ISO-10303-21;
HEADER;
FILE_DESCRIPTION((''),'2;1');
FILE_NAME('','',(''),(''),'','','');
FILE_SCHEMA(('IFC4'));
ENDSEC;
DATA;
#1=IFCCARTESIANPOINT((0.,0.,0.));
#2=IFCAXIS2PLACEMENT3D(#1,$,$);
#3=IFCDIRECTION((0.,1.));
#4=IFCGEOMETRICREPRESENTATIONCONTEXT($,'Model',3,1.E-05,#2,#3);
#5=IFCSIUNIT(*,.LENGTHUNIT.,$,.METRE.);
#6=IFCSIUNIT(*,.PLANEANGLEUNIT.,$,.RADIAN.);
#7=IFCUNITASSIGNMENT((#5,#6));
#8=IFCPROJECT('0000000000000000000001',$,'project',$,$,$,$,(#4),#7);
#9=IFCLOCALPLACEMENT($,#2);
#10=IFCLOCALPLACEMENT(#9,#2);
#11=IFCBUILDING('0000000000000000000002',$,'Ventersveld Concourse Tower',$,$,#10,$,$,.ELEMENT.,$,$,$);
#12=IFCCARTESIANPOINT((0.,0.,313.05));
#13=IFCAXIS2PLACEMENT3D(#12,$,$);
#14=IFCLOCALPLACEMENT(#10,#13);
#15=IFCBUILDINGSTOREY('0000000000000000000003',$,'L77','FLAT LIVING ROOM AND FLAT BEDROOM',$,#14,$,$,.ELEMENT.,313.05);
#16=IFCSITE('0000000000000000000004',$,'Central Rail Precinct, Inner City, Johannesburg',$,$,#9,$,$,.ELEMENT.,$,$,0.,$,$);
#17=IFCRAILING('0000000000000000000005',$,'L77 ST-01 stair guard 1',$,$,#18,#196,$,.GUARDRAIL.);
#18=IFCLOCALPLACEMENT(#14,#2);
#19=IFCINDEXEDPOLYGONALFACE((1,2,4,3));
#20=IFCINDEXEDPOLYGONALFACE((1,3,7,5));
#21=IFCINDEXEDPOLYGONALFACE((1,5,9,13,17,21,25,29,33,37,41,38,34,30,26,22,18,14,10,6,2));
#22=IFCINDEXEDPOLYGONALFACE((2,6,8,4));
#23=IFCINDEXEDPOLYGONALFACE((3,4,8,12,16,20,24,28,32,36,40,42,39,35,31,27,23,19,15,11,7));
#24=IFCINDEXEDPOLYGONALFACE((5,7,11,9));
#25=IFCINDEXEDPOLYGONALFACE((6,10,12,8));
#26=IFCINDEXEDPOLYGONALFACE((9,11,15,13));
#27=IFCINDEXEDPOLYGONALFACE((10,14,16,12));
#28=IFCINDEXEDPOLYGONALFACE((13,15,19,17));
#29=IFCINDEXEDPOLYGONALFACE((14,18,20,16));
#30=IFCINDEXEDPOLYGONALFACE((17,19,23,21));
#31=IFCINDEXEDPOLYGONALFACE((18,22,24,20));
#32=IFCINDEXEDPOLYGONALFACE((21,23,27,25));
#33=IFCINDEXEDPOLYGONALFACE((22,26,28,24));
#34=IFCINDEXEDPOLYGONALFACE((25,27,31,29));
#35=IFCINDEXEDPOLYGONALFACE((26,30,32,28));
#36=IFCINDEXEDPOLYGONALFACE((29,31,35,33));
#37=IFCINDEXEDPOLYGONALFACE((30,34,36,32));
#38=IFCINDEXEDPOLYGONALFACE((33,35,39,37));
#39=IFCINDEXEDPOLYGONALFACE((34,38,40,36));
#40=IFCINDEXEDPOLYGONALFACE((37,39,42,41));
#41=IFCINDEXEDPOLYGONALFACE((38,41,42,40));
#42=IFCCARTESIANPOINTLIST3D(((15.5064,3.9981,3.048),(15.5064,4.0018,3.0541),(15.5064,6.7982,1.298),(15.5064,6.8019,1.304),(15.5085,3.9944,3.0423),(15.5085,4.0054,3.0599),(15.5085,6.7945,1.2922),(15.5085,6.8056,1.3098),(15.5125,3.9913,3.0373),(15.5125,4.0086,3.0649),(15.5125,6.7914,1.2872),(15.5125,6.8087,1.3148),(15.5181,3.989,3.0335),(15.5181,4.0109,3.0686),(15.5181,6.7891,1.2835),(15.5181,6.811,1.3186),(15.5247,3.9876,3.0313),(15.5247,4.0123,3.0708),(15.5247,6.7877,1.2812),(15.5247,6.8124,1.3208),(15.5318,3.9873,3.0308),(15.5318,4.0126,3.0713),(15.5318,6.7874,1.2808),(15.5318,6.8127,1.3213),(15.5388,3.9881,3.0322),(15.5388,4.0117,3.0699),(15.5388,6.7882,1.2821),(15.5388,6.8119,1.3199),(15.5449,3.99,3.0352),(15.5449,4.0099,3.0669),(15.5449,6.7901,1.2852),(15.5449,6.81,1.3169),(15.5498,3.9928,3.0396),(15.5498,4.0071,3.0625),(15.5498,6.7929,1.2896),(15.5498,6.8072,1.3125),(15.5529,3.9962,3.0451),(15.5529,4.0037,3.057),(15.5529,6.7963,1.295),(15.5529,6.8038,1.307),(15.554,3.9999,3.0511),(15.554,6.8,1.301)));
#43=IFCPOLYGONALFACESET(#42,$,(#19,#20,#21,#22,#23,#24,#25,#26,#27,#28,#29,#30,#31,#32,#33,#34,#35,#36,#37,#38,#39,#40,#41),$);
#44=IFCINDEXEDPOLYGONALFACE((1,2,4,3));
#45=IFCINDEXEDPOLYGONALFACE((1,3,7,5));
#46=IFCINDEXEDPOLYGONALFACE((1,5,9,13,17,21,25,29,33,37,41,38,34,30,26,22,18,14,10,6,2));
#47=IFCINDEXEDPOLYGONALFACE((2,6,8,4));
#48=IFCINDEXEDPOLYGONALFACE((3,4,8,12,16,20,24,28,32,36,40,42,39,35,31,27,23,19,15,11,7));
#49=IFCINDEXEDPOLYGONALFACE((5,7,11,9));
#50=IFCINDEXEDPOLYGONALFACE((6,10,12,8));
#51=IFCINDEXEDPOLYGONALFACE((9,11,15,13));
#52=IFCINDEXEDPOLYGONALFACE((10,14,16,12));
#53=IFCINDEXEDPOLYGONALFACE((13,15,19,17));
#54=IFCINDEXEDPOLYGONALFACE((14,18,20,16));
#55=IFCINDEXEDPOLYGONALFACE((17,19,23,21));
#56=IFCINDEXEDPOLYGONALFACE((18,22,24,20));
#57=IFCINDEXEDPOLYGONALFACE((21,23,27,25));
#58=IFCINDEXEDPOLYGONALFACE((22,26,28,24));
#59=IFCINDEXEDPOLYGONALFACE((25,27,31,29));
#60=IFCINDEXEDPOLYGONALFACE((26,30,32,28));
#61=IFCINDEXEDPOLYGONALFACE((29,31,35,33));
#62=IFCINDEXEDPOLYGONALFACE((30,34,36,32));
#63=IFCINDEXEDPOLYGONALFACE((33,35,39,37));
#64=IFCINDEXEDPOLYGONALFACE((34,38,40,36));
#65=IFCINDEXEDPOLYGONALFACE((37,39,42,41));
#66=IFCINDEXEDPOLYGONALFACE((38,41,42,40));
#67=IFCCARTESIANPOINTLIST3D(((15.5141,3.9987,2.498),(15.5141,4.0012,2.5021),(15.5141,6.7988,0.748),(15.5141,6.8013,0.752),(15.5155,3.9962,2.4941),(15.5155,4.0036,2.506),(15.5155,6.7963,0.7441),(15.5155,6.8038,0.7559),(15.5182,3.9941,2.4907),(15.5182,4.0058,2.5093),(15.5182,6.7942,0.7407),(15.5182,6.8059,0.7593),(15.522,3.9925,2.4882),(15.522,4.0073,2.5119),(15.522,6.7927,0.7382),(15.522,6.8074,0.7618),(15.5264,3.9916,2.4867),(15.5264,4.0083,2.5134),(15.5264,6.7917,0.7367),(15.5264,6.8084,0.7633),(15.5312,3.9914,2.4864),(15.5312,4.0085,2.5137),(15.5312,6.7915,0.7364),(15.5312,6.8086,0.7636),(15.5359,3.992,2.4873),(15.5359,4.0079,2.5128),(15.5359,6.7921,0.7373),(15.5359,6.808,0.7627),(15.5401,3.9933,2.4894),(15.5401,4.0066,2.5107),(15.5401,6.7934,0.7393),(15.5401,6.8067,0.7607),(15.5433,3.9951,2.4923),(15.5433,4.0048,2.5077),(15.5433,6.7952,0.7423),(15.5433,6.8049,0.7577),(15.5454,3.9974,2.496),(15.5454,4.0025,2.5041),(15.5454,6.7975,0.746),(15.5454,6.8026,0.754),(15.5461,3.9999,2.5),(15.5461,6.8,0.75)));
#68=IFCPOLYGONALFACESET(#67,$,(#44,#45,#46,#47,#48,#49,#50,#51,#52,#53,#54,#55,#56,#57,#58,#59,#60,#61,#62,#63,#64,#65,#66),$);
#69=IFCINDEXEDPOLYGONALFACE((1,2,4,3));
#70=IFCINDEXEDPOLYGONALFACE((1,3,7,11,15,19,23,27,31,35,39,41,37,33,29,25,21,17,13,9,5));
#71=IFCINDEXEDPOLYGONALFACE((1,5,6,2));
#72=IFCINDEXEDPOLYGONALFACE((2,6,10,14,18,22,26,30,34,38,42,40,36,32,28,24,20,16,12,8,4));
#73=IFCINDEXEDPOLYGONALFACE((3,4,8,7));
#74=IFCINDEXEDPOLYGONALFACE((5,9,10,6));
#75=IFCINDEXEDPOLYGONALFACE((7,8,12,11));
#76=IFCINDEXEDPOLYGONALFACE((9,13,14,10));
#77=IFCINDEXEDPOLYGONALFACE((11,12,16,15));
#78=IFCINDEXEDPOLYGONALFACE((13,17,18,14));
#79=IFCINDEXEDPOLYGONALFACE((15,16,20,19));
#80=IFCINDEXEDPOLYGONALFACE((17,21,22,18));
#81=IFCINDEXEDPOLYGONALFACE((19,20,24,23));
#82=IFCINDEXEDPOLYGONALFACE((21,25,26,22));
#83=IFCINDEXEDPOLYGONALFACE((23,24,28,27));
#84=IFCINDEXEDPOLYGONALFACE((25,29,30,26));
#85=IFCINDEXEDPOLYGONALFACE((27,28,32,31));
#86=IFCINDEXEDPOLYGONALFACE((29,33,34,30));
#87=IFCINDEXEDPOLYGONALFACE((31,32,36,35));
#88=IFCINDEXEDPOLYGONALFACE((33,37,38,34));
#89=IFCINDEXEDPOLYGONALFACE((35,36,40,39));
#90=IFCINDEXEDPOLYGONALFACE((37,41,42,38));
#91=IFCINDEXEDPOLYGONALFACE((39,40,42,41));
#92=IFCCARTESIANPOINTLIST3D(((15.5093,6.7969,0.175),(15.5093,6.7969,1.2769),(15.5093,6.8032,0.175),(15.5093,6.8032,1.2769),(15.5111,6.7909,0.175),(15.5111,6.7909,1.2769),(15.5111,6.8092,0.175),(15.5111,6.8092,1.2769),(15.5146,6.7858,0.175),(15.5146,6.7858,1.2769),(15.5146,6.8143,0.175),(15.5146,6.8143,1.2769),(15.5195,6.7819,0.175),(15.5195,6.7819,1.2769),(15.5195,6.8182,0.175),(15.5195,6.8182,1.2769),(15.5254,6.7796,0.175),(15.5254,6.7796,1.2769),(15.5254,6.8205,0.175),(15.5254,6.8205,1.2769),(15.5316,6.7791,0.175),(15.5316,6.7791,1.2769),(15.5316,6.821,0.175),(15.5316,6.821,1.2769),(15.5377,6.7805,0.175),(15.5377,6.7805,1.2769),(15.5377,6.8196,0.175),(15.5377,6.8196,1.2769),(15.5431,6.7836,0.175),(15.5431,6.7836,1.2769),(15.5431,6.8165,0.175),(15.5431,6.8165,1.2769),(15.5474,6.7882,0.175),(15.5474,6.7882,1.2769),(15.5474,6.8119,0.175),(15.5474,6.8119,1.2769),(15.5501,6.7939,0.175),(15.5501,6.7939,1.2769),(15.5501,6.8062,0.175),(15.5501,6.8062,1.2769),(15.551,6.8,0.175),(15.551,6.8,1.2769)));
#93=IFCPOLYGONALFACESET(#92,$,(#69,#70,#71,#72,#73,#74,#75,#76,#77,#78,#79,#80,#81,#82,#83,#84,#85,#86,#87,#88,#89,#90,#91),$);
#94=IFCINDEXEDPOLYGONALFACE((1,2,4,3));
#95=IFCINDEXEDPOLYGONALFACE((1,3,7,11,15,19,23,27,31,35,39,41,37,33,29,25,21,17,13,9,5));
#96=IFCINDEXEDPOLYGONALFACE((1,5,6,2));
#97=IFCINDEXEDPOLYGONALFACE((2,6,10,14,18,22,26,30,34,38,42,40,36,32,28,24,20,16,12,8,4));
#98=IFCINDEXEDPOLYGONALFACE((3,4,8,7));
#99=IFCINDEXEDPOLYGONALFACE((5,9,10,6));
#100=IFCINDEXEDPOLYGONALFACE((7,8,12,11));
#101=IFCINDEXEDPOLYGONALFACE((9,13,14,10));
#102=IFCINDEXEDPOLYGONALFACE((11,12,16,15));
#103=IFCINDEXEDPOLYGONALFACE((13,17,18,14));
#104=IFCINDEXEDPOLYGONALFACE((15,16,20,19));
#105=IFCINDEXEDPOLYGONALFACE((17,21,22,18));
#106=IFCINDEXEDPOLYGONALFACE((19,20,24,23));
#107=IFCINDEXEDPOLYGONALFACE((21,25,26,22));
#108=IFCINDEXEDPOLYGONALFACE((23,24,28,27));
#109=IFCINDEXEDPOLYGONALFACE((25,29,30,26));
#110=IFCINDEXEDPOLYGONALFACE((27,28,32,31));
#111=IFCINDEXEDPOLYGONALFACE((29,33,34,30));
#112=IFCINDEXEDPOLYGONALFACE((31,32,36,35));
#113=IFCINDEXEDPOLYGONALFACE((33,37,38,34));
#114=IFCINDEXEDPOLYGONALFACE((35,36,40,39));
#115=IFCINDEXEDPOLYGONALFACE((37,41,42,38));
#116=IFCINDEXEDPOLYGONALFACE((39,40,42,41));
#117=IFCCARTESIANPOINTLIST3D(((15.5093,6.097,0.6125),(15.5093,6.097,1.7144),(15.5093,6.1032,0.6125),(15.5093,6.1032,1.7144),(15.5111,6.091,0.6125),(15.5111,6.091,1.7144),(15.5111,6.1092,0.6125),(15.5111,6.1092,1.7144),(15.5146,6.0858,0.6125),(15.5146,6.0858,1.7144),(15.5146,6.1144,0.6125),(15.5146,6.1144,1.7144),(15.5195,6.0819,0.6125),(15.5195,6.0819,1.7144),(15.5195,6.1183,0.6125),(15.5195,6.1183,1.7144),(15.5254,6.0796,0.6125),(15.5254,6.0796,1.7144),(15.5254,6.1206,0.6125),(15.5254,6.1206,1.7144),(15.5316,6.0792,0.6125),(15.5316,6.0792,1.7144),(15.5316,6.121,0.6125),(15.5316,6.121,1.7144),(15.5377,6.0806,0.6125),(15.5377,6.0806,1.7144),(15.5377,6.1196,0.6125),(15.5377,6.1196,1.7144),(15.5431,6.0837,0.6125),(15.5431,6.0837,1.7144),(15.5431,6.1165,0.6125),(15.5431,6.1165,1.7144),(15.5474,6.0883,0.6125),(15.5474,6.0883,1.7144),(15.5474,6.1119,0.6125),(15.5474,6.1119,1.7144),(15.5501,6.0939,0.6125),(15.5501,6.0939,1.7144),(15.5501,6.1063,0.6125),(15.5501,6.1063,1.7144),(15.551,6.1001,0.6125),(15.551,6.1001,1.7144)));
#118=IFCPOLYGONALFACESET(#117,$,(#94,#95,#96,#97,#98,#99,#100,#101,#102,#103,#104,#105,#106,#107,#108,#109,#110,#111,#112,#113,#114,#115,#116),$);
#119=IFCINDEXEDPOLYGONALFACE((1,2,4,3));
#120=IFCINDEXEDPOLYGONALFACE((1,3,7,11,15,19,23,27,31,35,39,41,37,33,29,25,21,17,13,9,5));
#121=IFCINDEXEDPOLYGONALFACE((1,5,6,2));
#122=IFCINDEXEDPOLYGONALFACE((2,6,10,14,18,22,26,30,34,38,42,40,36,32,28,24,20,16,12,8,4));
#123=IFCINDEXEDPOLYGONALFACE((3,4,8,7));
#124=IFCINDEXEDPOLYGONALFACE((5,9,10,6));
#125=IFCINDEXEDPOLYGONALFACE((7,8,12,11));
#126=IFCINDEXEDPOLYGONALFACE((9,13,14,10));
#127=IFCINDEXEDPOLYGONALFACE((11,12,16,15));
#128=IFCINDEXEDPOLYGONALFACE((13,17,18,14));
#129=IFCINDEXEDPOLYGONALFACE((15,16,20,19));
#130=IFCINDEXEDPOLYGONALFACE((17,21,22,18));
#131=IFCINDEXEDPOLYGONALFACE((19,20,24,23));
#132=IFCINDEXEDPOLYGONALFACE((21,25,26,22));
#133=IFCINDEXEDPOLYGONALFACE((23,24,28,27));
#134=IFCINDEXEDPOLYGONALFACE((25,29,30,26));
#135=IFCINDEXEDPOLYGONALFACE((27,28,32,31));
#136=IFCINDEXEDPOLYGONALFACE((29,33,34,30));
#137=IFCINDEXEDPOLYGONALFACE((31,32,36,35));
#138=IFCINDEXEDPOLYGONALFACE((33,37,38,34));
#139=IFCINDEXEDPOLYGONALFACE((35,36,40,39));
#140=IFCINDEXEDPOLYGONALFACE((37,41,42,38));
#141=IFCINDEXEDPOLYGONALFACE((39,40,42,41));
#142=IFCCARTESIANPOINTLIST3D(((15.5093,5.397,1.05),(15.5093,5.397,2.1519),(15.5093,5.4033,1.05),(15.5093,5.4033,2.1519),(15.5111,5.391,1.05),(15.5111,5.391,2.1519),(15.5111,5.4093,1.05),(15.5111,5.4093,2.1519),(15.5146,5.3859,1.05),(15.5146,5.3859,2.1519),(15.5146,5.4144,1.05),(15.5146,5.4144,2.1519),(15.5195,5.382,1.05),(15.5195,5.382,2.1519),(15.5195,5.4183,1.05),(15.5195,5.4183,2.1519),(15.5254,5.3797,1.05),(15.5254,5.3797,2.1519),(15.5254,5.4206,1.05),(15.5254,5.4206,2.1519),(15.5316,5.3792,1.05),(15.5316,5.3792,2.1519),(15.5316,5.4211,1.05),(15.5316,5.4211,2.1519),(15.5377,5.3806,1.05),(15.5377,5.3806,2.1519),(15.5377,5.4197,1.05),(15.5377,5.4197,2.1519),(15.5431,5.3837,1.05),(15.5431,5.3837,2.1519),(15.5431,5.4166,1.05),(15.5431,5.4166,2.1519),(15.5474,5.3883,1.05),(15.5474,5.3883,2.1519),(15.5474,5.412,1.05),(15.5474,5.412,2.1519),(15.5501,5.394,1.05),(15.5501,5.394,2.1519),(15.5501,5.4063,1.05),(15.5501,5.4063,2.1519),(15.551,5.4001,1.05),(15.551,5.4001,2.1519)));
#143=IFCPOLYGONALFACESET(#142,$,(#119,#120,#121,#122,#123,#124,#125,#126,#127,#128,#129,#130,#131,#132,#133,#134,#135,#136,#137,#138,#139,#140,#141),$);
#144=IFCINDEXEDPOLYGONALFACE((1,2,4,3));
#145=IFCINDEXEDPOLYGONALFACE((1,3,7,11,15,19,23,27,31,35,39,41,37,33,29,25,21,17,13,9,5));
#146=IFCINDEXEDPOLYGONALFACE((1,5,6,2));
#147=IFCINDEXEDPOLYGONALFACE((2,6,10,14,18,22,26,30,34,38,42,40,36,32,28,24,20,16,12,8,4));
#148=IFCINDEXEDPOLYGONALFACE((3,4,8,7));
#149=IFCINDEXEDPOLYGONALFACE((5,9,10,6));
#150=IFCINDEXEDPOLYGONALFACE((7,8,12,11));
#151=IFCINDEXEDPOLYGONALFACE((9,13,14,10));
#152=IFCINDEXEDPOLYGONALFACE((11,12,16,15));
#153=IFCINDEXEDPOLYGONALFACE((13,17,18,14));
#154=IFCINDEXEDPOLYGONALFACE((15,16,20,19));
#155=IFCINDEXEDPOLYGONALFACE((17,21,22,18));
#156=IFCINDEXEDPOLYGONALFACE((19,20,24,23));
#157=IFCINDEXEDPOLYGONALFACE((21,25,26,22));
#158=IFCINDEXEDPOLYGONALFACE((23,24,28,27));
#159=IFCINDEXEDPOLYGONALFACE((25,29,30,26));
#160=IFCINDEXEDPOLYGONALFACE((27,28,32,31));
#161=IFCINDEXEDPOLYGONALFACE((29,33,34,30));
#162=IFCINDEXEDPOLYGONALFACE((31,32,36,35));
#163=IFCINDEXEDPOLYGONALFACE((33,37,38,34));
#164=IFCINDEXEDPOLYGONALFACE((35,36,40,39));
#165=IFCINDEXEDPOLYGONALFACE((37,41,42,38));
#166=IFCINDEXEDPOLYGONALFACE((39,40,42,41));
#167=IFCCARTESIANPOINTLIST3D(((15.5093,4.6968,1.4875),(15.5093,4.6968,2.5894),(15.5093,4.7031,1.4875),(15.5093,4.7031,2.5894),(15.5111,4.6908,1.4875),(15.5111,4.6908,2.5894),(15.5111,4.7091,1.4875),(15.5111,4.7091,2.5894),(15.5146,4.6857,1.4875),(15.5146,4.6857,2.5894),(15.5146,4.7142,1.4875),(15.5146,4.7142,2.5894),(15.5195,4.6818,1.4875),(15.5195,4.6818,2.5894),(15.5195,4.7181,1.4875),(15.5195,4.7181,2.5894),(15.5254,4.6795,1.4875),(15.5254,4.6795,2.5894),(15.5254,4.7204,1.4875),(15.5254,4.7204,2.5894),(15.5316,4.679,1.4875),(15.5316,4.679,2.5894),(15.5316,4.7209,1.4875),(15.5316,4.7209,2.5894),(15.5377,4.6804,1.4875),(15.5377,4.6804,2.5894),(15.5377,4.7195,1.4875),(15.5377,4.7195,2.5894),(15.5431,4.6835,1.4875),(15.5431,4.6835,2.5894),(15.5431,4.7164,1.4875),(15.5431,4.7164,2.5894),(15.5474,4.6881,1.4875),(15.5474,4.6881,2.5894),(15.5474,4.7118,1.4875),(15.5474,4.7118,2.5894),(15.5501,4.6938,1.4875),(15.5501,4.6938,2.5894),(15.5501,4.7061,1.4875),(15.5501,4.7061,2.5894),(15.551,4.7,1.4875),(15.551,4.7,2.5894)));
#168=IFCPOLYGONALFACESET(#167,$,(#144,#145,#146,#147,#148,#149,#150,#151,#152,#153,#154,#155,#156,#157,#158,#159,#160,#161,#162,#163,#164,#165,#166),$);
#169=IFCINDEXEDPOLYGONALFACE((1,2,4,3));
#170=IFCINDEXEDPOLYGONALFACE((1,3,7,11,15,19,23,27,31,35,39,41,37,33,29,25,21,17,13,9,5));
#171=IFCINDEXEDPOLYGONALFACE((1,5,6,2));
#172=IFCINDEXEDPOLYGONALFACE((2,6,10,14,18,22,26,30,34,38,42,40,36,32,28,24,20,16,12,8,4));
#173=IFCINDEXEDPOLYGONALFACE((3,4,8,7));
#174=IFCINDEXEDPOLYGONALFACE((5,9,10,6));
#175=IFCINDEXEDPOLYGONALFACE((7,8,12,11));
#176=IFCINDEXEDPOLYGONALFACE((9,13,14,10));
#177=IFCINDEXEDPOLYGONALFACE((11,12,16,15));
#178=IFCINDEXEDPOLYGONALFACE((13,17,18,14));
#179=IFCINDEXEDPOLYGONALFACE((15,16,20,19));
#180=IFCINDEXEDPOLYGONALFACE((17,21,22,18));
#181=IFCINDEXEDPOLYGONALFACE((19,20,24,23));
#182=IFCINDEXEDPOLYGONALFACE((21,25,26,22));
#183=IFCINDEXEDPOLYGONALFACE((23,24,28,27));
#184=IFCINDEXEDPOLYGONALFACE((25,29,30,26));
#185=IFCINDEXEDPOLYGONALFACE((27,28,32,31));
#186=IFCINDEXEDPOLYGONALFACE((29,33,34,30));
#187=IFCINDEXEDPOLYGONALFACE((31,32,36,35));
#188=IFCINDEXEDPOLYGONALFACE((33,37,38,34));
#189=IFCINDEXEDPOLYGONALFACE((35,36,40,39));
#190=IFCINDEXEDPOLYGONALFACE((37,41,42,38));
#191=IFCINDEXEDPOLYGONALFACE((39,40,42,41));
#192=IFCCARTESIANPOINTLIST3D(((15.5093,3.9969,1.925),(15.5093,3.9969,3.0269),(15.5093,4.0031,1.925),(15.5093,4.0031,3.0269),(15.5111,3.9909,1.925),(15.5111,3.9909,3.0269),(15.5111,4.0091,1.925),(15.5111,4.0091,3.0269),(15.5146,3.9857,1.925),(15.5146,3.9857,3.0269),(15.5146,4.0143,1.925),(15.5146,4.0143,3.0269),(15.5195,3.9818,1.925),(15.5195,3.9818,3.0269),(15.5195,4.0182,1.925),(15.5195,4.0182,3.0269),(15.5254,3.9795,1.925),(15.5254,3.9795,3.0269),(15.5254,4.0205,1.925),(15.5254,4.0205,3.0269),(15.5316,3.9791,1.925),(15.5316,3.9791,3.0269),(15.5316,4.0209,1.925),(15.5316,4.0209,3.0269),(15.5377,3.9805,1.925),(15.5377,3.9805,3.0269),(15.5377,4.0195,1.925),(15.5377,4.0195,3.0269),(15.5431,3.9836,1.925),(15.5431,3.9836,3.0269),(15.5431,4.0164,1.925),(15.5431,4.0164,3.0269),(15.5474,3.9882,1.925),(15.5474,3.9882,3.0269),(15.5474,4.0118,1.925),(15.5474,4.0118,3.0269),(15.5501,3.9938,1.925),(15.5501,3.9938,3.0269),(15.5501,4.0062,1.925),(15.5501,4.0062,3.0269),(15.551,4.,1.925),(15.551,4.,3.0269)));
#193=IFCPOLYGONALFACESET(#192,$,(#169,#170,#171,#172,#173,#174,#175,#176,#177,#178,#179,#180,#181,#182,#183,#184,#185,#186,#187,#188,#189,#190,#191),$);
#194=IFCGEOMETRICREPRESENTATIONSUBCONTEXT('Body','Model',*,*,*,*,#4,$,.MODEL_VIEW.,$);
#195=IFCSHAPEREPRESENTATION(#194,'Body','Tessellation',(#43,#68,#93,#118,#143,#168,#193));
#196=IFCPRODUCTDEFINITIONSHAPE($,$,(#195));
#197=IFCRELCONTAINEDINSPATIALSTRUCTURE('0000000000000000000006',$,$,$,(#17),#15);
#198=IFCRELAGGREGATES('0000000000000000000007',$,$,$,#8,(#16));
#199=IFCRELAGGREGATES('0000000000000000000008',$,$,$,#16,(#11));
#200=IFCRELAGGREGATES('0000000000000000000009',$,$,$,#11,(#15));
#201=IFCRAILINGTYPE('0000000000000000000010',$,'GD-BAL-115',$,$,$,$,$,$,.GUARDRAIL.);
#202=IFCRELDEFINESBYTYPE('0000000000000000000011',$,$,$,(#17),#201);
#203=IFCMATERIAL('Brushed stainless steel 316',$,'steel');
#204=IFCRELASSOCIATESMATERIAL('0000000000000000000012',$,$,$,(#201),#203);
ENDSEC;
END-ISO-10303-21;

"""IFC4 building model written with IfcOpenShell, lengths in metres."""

from ifc_helpers import new_model, si_unit, direction, frame, origin, origin_2d, place, context, subcontext, project, spatial, circle, extrude, material, type_object, element, save


model = new_model("IFC4")

# Units and contexts
model_context = context("Model", 3, precision=1e-05, world=origin(), true_north=direction((0.0, 1.0)))
body_context = subcontext(model_context, "Body", "Model", "MODEL_VIEW")
ifc_project = project(units=[si_unit("LENGTHUNIT", "METRE"), si_unit("PLANEANGLEUNIT", "RADIAN")], contexts=[model_context])

# Site, building, storey
site_placement = place(None, origin())
site = spatial("IfcSite", under=ifc_project, at=site_placement, Name="Central Rail Precinct, Inner City, Johannesburg", CompositionType="ELEMENT", RefElevation=0.0)
building_placement = place(site_placement, origin())
building = spatial("IfcBuilding", under=site, at=building_placement, Name="Ventersveld Concourse Tower", CompositionType="ELEMENT")
storey_placement = place(building_placement, frame((0.0, 0.0, 313.05)))
storey = spatial("IfcBuildingStorey", under=building, at=storey_placement, Name="L77", Description="FLAT LIVING ROOM AND FLAT BEDROOM", CompositionType="ELEMENT", Elevation=313.05)

# Railing
ifc_material_1 = material(Name="Brushed stainless steel 316", Category="steel")
railing_type_1 = type_object("IfcRailingType", Name="GD-BAL-115", PredefinedType="GUARDRAIL", material=ifc_material_1)
railing_1_placement = place(storey_placement, frame((15.53, 6.8, 0.175)))
element("IfcRailing", 1, at=railing_1_placement, inside=storey, type_object=railing_type_1, Name="L77 ST-01 stair guard 1", PredefinedType="GUARDRAIL", context=body_context, shape_type="SweptSolid", body=[
    extrude(circle(Radius=0.0239, at=origin_2d()), frame((0.0, 0.0, 1.126), z_axis=(0.0, -0.848002, 0.529992), x_axis=(1.0, 0.0, 0.0)), (0.0, 0.0, 1.0), 3.302),
    extrude(circle(Radius=0.0161, at=origin_2d()), frame((0.0, 0.0, 0.575), z_axis=(0.0, -0.848002, 0.529992), x_axis=(1.0, 0.0, 0.0)), (0.0, 0.0, 1.0), 3.302),
    extrude(circle(Radius=0.021, at=origin_2d()), origin(), (0.0, 0.0, 1.0), 1.1018),
    extrude(circle(Radius=0.021, at=origin_2d()), frame((0.0, -0.7, 0.4375)), (0.0, 0.0, 1.0), 1.1018),
    extrude(circle(Radius=0.021, at=origin_2d()), frame((0.0, -1.3999, 0.875)), (0.0, 0.0, 1.0), 1.1018),
    extrude(circle(Radius=0.021, at=origin_2d()), frame((0.0, -2.1001, 1.3125)), (0.0, 0.0, 1.0), 1.1018),
    extrude(circle(Radius=0.021, at=origin_2d()), frame((0.0, -2.8, 1.75)), (0.0, 0.0, 1.0), 1.1018),
])

save(model, "model.ifc")
